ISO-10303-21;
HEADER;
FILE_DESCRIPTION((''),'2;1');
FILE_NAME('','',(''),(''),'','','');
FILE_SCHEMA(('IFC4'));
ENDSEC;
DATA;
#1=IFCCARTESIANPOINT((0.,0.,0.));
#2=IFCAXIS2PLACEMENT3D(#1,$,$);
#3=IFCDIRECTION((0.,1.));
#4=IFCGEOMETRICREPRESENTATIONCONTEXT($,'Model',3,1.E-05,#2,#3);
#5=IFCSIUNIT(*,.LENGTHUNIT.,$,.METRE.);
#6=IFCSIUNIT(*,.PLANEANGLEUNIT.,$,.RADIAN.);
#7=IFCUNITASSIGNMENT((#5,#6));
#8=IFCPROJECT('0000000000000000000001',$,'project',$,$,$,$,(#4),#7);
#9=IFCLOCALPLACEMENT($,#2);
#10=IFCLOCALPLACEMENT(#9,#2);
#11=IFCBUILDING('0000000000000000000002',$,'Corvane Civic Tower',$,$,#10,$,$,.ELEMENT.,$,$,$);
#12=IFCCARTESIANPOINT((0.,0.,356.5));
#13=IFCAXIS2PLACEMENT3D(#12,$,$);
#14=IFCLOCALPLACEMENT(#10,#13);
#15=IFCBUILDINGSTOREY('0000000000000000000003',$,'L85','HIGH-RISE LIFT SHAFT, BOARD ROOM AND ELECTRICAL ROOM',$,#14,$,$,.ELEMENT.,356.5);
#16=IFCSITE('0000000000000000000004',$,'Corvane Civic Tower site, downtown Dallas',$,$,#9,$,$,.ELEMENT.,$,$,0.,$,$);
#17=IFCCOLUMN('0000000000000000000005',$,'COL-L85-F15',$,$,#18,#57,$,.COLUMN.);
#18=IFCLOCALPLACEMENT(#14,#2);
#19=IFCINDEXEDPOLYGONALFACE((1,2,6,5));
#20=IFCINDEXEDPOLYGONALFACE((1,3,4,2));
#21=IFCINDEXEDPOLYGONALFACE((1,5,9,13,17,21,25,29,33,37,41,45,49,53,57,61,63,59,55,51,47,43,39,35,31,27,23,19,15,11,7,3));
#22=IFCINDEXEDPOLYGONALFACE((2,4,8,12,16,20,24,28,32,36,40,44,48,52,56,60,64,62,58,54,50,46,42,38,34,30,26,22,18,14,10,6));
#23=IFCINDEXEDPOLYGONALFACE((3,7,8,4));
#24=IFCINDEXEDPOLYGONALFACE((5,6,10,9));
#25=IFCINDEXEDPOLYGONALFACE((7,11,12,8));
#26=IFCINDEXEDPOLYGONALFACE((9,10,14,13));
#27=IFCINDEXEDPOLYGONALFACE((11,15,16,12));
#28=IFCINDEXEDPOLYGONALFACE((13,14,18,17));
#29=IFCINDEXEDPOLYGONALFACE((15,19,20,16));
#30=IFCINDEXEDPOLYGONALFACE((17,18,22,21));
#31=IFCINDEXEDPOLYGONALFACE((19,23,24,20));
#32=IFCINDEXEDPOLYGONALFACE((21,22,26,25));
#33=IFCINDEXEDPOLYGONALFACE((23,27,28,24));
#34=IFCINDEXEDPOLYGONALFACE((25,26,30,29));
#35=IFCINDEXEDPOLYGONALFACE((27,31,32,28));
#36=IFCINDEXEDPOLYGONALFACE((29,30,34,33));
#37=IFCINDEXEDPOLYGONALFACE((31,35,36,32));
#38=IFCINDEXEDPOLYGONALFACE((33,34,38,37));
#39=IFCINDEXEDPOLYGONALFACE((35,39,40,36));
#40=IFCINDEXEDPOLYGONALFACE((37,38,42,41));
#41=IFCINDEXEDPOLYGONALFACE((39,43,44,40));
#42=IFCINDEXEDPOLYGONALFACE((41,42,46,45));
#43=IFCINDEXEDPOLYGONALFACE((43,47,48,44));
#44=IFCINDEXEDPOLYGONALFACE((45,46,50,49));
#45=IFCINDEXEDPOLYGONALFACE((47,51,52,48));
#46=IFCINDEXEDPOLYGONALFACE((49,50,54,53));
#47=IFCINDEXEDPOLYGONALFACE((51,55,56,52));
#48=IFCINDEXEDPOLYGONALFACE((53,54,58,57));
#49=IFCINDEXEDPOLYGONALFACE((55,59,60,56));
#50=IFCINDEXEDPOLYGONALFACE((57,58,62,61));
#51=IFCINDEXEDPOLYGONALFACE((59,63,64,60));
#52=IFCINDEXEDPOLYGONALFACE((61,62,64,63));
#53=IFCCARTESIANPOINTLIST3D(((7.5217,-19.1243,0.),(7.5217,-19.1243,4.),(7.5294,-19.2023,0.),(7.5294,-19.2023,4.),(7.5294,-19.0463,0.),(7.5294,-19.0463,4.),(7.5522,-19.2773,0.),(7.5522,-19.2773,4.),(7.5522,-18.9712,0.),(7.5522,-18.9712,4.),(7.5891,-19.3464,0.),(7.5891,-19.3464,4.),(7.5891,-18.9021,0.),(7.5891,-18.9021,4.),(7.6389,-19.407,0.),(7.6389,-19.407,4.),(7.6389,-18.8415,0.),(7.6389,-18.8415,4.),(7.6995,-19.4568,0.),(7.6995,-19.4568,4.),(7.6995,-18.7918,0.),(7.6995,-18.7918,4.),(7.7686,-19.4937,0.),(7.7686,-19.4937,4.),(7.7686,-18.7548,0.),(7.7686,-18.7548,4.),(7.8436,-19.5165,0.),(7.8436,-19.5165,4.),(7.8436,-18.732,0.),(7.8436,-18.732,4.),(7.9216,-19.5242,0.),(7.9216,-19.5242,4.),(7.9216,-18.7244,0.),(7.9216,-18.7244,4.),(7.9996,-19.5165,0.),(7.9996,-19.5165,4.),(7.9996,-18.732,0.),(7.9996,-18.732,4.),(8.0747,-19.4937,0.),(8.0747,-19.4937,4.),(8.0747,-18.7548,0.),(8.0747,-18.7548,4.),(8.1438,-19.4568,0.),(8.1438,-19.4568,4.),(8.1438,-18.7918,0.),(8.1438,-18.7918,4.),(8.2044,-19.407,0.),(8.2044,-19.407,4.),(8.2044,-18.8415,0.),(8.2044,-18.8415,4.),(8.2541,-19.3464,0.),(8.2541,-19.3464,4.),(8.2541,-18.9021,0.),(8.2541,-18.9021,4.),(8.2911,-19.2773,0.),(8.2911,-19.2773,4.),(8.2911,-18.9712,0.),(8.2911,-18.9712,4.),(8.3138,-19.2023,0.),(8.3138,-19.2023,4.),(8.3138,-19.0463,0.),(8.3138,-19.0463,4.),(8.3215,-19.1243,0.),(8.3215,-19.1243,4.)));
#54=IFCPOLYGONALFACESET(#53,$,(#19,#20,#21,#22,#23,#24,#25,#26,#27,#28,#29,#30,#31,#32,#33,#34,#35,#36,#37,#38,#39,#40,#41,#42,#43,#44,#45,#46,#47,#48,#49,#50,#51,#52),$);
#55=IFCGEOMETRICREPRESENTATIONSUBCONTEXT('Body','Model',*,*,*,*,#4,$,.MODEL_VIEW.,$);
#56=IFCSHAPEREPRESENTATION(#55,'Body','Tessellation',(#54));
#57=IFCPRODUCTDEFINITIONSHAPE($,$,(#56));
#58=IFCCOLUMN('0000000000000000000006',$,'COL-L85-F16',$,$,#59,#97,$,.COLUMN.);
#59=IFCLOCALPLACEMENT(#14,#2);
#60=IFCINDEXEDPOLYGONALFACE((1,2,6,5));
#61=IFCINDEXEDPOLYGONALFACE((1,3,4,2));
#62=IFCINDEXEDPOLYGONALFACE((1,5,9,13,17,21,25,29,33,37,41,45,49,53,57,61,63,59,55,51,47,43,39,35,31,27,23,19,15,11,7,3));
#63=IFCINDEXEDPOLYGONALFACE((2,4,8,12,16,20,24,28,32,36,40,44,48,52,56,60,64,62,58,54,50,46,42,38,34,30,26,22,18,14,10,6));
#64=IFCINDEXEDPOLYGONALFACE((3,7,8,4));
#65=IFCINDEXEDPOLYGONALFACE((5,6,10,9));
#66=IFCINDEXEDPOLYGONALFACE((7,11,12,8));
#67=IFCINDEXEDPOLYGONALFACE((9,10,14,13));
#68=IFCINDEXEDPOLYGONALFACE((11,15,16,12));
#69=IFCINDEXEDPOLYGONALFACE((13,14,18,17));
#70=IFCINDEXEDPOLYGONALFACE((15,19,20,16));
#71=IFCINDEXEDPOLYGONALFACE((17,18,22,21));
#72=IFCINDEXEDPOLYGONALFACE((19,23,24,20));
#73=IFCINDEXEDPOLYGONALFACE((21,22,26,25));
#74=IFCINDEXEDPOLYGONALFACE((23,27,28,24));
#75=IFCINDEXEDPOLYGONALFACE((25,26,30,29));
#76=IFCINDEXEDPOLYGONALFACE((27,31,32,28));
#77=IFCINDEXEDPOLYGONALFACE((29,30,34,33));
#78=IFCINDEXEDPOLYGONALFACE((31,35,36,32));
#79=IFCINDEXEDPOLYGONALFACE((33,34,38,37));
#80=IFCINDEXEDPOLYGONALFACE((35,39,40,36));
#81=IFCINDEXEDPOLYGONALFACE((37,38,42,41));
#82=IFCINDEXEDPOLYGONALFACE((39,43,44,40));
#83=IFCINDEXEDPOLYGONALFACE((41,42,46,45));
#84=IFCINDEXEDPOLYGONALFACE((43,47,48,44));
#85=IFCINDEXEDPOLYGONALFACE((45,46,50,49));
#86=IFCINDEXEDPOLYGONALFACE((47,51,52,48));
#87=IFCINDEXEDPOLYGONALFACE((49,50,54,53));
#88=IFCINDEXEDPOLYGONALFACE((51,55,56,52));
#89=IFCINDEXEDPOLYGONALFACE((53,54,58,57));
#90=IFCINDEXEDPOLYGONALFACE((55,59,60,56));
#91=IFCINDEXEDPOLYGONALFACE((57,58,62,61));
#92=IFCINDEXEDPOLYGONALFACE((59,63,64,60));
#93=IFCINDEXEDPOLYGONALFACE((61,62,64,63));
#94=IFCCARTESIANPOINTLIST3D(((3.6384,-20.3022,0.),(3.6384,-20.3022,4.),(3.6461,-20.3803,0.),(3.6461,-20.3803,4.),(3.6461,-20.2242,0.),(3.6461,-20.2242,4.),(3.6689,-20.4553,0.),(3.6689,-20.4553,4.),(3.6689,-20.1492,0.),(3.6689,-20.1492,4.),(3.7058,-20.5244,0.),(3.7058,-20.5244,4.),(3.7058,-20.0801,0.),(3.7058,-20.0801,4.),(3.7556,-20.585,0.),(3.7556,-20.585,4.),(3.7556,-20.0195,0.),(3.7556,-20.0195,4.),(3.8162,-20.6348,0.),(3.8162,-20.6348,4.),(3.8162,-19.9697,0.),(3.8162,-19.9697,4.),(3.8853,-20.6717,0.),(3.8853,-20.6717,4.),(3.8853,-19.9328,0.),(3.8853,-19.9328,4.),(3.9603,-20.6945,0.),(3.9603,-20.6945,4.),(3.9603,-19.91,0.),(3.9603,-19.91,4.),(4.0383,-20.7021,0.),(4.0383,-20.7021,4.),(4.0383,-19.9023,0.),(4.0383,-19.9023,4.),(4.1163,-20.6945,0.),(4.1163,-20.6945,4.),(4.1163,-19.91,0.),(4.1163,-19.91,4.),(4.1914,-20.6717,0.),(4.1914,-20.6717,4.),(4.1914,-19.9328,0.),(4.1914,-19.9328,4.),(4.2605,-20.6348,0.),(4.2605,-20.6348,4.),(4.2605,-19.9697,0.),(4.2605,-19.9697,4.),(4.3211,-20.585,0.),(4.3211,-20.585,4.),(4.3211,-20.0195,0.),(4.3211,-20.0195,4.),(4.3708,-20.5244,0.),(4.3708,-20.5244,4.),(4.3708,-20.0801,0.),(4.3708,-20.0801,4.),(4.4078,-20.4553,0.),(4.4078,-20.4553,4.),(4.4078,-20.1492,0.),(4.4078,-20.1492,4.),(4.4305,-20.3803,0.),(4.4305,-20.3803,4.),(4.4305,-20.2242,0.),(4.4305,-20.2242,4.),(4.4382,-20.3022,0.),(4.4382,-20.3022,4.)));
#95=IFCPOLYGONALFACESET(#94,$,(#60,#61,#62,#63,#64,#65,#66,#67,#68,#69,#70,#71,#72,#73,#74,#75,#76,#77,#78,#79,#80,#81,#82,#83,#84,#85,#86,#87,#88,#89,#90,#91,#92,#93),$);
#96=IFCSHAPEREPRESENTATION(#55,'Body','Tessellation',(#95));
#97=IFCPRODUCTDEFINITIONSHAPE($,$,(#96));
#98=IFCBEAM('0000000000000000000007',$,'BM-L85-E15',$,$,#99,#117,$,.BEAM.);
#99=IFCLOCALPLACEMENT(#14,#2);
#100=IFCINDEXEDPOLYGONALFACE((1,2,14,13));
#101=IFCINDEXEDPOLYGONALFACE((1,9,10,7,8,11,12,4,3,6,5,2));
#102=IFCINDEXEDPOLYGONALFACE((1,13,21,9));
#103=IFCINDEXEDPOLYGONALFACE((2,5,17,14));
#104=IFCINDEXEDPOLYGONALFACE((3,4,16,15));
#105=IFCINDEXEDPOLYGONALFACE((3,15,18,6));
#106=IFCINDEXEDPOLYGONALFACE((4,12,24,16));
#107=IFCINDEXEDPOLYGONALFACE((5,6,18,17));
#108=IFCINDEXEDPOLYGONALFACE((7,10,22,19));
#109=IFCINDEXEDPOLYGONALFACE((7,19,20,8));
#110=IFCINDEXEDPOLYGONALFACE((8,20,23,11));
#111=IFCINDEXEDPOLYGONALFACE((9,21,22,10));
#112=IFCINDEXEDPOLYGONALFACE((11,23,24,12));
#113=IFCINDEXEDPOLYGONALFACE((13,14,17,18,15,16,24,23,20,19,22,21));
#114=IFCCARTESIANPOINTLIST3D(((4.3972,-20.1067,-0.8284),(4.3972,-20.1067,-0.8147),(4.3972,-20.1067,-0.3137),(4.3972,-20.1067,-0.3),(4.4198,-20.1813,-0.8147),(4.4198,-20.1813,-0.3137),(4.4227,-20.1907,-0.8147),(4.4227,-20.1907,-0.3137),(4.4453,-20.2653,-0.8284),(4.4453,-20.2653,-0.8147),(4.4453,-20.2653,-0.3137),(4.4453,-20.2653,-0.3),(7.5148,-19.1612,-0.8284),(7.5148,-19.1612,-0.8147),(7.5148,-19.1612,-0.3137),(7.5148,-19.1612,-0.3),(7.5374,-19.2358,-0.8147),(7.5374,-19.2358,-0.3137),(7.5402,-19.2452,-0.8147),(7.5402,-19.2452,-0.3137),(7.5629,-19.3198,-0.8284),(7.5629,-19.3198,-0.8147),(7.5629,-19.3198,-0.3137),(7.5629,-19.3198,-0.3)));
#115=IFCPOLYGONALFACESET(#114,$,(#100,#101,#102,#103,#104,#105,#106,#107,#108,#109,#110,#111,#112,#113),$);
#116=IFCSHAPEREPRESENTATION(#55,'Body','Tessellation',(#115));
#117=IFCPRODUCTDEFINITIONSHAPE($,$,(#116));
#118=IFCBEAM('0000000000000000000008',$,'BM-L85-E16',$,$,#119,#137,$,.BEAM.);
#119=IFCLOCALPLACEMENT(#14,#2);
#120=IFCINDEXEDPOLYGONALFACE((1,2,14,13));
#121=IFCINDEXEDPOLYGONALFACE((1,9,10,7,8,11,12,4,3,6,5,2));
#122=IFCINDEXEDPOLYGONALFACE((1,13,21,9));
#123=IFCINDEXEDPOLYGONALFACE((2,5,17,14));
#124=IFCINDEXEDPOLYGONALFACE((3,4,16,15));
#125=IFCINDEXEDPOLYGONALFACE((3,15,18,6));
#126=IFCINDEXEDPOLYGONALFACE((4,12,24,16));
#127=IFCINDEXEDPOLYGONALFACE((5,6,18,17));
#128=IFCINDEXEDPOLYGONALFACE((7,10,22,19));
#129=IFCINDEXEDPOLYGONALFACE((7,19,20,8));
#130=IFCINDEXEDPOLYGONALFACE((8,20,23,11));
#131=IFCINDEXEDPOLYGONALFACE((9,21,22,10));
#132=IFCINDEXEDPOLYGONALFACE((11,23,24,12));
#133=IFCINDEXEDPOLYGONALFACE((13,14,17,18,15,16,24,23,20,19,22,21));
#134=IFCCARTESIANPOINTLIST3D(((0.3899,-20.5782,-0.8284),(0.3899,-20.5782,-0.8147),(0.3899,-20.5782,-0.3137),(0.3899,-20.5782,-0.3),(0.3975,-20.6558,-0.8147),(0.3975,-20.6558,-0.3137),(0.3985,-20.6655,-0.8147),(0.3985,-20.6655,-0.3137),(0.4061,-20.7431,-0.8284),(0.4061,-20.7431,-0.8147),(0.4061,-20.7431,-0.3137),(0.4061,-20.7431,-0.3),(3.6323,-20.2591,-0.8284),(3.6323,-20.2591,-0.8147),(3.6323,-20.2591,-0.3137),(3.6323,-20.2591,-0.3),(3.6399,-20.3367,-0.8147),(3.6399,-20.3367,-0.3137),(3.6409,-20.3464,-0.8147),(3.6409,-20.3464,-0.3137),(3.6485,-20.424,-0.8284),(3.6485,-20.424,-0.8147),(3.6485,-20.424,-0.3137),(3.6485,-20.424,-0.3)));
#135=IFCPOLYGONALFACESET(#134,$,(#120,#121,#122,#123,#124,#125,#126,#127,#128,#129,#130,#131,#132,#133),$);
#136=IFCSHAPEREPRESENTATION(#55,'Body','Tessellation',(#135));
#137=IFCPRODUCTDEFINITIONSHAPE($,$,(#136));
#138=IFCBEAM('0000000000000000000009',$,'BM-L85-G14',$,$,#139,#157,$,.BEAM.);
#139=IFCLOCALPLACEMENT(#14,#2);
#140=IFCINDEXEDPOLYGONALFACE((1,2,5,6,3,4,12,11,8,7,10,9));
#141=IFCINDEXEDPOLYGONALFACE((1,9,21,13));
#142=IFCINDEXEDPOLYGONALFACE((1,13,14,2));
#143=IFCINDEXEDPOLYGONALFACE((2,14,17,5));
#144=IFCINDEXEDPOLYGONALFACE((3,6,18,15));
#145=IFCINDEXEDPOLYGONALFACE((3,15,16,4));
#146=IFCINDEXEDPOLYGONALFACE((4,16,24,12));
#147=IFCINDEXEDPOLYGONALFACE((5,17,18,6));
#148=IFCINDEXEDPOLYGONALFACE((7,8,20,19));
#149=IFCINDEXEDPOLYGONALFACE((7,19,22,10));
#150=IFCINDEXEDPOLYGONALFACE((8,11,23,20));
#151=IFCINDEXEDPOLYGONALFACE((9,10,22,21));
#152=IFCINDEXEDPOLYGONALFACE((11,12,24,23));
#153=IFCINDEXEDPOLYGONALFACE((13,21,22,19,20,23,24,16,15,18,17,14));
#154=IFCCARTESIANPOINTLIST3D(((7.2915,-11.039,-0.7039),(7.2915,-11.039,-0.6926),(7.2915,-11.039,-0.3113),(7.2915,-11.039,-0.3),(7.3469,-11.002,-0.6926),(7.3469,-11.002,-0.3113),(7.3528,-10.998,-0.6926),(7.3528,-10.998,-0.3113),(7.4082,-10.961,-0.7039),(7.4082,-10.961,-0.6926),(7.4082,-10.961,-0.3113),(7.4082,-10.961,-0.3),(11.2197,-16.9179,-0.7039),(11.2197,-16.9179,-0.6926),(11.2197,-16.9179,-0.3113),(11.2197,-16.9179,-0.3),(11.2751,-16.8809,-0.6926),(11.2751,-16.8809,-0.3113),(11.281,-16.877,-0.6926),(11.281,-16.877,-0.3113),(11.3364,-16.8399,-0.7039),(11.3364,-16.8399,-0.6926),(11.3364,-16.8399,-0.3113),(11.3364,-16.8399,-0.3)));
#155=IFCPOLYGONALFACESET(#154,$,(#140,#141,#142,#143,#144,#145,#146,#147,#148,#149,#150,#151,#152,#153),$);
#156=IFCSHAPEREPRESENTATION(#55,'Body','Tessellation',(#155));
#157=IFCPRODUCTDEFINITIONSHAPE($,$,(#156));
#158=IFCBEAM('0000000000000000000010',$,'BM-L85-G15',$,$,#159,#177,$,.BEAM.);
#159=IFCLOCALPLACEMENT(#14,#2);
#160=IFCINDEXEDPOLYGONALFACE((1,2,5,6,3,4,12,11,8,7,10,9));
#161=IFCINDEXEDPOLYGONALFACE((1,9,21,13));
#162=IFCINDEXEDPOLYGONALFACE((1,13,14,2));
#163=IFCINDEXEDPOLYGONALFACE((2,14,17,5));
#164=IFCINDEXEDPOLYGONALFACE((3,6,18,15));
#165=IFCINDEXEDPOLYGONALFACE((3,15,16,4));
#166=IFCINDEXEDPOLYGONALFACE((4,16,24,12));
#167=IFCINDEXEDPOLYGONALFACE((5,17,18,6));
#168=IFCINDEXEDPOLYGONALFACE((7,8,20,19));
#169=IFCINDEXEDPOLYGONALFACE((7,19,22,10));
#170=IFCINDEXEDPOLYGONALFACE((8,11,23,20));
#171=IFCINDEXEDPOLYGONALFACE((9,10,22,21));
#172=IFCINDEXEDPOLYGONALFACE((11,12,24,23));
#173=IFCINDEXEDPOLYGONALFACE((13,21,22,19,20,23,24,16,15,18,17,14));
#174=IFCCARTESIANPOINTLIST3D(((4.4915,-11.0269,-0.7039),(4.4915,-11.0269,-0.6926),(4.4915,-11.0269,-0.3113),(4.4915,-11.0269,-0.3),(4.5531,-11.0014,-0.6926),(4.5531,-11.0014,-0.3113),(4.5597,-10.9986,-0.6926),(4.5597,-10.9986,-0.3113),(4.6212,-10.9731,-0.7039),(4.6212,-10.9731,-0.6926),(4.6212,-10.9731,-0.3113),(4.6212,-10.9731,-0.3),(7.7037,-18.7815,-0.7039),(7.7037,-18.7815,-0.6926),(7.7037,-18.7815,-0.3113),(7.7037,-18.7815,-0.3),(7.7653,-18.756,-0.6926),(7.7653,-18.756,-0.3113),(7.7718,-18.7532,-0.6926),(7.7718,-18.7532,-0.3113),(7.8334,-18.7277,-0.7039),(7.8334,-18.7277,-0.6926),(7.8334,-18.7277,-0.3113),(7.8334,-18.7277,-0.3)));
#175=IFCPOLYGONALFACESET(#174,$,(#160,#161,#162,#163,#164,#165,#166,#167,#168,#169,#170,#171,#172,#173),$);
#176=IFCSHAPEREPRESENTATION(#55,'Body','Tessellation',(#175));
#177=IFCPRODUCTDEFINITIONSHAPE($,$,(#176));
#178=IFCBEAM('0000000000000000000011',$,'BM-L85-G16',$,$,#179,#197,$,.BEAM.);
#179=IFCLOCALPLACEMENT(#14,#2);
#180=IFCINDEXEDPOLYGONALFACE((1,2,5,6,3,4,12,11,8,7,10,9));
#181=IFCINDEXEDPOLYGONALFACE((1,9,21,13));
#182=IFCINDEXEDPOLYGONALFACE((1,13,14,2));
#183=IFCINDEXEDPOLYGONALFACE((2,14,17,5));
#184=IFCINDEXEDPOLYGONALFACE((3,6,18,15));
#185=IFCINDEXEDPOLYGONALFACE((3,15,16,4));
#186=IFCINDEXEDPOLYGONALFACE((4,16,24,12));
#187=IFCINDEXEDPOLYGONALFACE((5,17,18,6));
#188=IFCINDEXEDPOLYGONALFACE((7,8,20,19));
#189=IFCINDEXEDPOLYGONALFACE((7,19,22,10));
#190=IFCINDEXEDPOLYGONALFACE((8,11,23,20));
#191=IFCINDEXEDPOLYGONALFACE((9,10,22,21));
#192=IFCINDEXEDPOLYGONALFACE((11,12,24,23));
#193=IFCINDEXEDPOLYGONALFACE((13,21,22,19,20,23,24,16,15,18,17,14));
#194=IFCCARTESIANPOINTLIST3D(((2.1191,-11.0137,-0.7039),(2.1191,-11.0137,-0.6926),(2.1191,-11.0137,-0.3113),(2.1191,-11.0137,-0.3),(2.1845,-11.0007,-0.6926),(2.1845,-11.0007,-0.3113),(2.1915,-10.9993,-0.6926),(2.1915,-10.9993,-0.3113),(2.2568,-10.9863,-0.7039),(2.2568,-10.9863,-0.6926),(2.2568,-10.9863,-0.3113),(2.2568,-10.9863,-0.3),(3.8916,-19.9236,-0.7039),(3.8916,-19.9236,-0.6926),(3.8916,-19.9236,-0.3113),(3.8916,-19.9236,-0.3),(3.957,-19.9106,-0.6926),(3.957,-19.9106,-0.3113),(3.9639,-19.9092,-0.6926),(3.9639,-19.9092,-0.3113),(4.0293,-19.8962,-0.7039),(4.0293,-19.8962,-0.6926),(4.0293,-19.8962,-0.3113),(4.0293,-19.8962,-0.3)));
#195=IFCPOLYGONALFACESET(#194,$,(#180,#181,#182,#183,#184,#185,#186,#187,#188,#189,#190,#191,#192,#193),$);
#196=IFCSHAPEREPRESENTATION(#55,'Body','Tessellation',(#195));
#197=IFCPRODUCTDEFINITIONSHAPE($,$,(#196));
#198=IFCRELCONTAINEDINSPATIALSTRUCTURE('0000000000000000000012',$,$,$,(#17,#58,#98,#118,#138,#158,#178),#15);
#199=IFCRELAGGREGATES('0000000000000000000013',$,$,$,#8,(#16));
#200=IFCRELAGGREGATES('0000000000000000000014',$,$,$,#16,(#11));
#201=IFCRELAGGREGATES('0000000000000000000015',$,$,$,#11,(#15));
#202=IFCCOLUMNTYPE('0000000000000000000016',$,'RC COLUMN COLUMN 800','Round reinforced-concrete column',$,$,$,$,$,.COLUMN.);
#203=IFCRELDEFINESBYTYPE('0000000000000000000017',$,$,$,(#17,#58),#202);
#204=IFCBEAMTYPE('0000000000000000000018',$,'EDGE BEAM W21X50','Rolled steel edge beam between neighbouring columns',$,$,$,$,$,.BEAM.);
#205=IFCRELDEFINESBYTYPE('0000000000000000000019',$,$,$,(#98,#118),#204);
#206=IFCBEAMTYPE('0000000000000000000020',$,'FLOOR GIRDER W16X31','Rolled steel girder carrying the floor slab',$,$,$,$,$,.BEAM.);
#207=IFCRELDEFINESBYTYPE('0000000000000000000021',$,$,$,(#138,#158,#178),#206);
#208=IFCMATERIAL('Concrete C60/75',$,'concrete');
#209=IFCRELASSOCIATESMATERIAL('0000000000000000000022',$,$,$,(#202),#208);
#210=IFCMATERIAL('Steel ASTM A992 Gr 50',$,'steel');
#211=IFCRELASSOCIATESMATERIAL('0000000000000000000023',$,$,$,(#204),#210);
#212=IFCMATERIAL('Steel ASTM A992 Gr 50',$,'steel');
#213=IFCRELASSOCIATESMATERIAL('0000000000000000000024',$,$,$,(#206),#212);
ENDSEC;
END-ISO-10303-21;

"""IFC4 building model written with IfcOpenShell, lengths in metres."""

from ifc_helpers import new_model, si_unit, direction, frame, origin, origin_2d, place, context, subcontext, project, spatial, circle, i_section, extrude, material, material_profile, profile_set, type_object, element, save


model = new_model("IFC4")

# Units and contexts
model_context = context("Model", 3, precision=1e-05, world=origin(), true_north=direction((0.0, 1.0)))
body_context = subcontext(model_context, "Body", "Model", "MODEL_VIEW")
ifc_project = project(units=[si_unit("LENGTHUNIT", "METRE"), si_unit("PLANEANGLEUNIT", "RADIAN")], contexts=[model_context])

# Site, building, storey
site_placement = place(None, origin())
site = spatial("IfcSite", under=ifc_project, at=site_placement, Name="Corvane Civic Tower site, downtown Dallas", CompositionType="ELEMENT", RefElevation=0.0)
building_placement = place(site_placement, origin())
building = spatial("IfcBuilding", under=site, at=building_placement, Name="Corvane Civic Tower", CompositionType="ELEMENT")
storey_placement = place(building_placement, frame((0.0, 0.0, 356.5)))
storey = spatial("IfcBuildingStorey", under=building, at=storey_placement, Name="L85", Description="HIGH-RISE LIFT SHAFT, BOARD ROOM AND ELECTRICAL ROOM", CompositionType="ELEMENT", Elevation=356.5)

# Columns
ifc_material_1 = material(Name="Concrete C60/75", Category="concrete")
ifc_material_profile_1 = material_profile(ifc_material_1, circle(Radius=0.3999, at=origin_2d()), Name="COLUMN 800")
ifc_profile_set_1 = profile_set([ifc_material_profile_1], Name="Concrete C60/75")
column_type = type_object("IfcColumnType", Name="RC COLUMN COLUMN 800", Description="Round reinforced-concrete column", PredefinedType="COLUMN", material=ifc_profile_set_1)
for number, where, z_axis, x_axis, name in (
    (1, (7.9216, -19.1243, 0.0), (0.0, 0.0, 1.0), (1.0, 0.0, 0.0), "COL-L85-F15"),
    (2, (4.0383, -20.3022, 0.0), (0.0, 0.0, 1.0), (1.0, 0.0, 0.0), "COL-L85-F16"),
):
    element("IfcColumn", number, at=place(storey_placement, frame(where, z_axis=z_axis, x_axis=x_axis)), inside=storey, type_object=column_type, Name=name, PredefinedType="COLUMN", context=body_context, shape_type="SweptSolid", body=[
        extrude(circle(Radius=0.3999, at=origin_2d()), origin(), (0.0, 0.0, 1.0), 4.0),
    ])

# Beams
ifc_material_2 = material(Name="Steel ASTM A992 Gr 50", Category="steel")
ifc_material_profile_2 = material_profile(ifc_material_2, i_section(OverallWidth=0.1658, OverallDepth=0.5283, WebThickness=0.0098, FlangeThickness=0.0137, at=origin_2d()), Name="W21X50")
ifc_profile_set_2 = profile_set([ifc_material_profile_2], Name="Steel ASTM A992 Gr 50")
beam_type_1 = type_object("IfcBeamType", Name="EDGE BEAM W21X50", Description="Rolled steel edge beam between neighbouring columns", PredefinedType="BEAM", material=ifc_profile_set_2)
beam_1_placement = place(storey_placement, frame((7.5388, -19.2405, -0.5642), z_axis=(-0.956956, -0.290234, 0.0), x_axis=(0.290234, -0.956956, 0.0)))
element("IfcBeam", 3, at=beam_1_placement, inside=storey, type_object=beam_type_1, Name="BM-L85-E15", PredefinedType="BEAM", context=body_context, shape_type="SweptSolid", body=[
    extrude(i_section(OverallWidth=0.1658, OverallDepth=0.5283, WebThickness=0.0098, FlangeThickness=0.0137, at=origin_2d()), origin(), (0.0, 0.0, 1.0), 3.2578),
])
beam_2_placement = place(storey_placement, frame((3.6404, -20.3416, -0.5642), z_axis=(-0.995193, -0.097938, 0.0), x_axis=(0.097938, -0.995193, 0.0)))
element("IfcBeam", 4, at=beam_2_placement, inside=storey, type_object=beam_type_1, Name="BM-L85-E16", PredefinedType="BEAM", context=body_context, shape_type="SweptSolid", body=[
    extrude(i_section(OverallWidth=0.1658, OverallDepth=0.5283, WebThickness=0.0098, FlangeThickness=0.0137, at=origin_2d()), origin(), (0.0, 0.0, 1.0), 3.2581),
])
ifc_material_3 = material(Name="Steel ASTM A992 Gr 50", Category="steel")
ifc_material_profile_3 = material_profile(ifc_material_3, i_section(OverallWidth=0.1404, OverallDepth=0.4038, WebThickness=0.0071, FlangeThickness=0.0112, at=origin_2d()), Name="W16X31")
ifc_profile_set_3 = profile_set([ifc_material_profile_3], Name="Steel ASTM A992 Gr 50")
beam_type_2 = type_object("IfcBeamType", Name="FLOOR GIRDER W16X31", Description="Rolled steel girder carrying the floor slab", PredefinedType="BEAM", material=ifc_profile_set_3)
beam_3_placement = place(storey_placement, frame((7.3499, -11.0, -0.502), z_axis=(0.555576, -0.831465, 0.0), x_axis=(0.831465, 0.555576, 0.0)))
element("IfcBeam", 5, at=beam_3_placement, inside=storey, type_object=beam_type_2, Name="BM-L85-G14", PredefinedType="BEAM", context=body_context, shape_type="SweptSolid", body=[
    extrude(i_section(OverallWidth=0.1404, OverallDepth=0.4038, WebThickness=0.0071, FlangeThickness=0.0112, at=origin_2d()), origin(), (0.0, 0.0, 1.0), 7.0706),
])
beam_4_placement = place(storey_placement, frame((4.5564, -11.0, -0.502), z_axis=(0.382692, -0.923876, 0.0), x_axis=(0.923876, 0.382692, 0.0)))
element("IfcBeam", 6, at=beam_4_placement, inside=storey, type_object=beam_type_2, Name="BM-L85-G15", PredefinedType="BEAM", context=body_context, shape_type="SweptSolid", body=[
    extrude(i_section(OverallWidth=0.1404, OverallDepth=0.4038, WebThickness=0.0071, FlangeThickness=0.0112, at=origin_2d()), origin(), (0.0, 0.0, 1.0), 8.3936),
])
beam_5_placement = place(storey_placement, frame((2.188, -11.0, -0.502), z_axis=(0.195108, -0.980782, 0.0), x_axis=(0.980782, 0.195108, 0.0)))
element("IfcBeam", 7, at=beam_5_placement, inside=storey, type_object=beam_type_2, Name="BM-L85-G16", PredefinedType="BEAM", context=body_context, shape_type="SweptSolid", body=[
    extrude(i_section(OverallWidth=0.1404, OverallDepth=0.4038, WebThickness=0.0071, FlangeThickness=0.0112, at=origin_2d()), origin(), (0.0, 0.0, 1.0), 9.0845),
])

save(model, "model.ifc")
